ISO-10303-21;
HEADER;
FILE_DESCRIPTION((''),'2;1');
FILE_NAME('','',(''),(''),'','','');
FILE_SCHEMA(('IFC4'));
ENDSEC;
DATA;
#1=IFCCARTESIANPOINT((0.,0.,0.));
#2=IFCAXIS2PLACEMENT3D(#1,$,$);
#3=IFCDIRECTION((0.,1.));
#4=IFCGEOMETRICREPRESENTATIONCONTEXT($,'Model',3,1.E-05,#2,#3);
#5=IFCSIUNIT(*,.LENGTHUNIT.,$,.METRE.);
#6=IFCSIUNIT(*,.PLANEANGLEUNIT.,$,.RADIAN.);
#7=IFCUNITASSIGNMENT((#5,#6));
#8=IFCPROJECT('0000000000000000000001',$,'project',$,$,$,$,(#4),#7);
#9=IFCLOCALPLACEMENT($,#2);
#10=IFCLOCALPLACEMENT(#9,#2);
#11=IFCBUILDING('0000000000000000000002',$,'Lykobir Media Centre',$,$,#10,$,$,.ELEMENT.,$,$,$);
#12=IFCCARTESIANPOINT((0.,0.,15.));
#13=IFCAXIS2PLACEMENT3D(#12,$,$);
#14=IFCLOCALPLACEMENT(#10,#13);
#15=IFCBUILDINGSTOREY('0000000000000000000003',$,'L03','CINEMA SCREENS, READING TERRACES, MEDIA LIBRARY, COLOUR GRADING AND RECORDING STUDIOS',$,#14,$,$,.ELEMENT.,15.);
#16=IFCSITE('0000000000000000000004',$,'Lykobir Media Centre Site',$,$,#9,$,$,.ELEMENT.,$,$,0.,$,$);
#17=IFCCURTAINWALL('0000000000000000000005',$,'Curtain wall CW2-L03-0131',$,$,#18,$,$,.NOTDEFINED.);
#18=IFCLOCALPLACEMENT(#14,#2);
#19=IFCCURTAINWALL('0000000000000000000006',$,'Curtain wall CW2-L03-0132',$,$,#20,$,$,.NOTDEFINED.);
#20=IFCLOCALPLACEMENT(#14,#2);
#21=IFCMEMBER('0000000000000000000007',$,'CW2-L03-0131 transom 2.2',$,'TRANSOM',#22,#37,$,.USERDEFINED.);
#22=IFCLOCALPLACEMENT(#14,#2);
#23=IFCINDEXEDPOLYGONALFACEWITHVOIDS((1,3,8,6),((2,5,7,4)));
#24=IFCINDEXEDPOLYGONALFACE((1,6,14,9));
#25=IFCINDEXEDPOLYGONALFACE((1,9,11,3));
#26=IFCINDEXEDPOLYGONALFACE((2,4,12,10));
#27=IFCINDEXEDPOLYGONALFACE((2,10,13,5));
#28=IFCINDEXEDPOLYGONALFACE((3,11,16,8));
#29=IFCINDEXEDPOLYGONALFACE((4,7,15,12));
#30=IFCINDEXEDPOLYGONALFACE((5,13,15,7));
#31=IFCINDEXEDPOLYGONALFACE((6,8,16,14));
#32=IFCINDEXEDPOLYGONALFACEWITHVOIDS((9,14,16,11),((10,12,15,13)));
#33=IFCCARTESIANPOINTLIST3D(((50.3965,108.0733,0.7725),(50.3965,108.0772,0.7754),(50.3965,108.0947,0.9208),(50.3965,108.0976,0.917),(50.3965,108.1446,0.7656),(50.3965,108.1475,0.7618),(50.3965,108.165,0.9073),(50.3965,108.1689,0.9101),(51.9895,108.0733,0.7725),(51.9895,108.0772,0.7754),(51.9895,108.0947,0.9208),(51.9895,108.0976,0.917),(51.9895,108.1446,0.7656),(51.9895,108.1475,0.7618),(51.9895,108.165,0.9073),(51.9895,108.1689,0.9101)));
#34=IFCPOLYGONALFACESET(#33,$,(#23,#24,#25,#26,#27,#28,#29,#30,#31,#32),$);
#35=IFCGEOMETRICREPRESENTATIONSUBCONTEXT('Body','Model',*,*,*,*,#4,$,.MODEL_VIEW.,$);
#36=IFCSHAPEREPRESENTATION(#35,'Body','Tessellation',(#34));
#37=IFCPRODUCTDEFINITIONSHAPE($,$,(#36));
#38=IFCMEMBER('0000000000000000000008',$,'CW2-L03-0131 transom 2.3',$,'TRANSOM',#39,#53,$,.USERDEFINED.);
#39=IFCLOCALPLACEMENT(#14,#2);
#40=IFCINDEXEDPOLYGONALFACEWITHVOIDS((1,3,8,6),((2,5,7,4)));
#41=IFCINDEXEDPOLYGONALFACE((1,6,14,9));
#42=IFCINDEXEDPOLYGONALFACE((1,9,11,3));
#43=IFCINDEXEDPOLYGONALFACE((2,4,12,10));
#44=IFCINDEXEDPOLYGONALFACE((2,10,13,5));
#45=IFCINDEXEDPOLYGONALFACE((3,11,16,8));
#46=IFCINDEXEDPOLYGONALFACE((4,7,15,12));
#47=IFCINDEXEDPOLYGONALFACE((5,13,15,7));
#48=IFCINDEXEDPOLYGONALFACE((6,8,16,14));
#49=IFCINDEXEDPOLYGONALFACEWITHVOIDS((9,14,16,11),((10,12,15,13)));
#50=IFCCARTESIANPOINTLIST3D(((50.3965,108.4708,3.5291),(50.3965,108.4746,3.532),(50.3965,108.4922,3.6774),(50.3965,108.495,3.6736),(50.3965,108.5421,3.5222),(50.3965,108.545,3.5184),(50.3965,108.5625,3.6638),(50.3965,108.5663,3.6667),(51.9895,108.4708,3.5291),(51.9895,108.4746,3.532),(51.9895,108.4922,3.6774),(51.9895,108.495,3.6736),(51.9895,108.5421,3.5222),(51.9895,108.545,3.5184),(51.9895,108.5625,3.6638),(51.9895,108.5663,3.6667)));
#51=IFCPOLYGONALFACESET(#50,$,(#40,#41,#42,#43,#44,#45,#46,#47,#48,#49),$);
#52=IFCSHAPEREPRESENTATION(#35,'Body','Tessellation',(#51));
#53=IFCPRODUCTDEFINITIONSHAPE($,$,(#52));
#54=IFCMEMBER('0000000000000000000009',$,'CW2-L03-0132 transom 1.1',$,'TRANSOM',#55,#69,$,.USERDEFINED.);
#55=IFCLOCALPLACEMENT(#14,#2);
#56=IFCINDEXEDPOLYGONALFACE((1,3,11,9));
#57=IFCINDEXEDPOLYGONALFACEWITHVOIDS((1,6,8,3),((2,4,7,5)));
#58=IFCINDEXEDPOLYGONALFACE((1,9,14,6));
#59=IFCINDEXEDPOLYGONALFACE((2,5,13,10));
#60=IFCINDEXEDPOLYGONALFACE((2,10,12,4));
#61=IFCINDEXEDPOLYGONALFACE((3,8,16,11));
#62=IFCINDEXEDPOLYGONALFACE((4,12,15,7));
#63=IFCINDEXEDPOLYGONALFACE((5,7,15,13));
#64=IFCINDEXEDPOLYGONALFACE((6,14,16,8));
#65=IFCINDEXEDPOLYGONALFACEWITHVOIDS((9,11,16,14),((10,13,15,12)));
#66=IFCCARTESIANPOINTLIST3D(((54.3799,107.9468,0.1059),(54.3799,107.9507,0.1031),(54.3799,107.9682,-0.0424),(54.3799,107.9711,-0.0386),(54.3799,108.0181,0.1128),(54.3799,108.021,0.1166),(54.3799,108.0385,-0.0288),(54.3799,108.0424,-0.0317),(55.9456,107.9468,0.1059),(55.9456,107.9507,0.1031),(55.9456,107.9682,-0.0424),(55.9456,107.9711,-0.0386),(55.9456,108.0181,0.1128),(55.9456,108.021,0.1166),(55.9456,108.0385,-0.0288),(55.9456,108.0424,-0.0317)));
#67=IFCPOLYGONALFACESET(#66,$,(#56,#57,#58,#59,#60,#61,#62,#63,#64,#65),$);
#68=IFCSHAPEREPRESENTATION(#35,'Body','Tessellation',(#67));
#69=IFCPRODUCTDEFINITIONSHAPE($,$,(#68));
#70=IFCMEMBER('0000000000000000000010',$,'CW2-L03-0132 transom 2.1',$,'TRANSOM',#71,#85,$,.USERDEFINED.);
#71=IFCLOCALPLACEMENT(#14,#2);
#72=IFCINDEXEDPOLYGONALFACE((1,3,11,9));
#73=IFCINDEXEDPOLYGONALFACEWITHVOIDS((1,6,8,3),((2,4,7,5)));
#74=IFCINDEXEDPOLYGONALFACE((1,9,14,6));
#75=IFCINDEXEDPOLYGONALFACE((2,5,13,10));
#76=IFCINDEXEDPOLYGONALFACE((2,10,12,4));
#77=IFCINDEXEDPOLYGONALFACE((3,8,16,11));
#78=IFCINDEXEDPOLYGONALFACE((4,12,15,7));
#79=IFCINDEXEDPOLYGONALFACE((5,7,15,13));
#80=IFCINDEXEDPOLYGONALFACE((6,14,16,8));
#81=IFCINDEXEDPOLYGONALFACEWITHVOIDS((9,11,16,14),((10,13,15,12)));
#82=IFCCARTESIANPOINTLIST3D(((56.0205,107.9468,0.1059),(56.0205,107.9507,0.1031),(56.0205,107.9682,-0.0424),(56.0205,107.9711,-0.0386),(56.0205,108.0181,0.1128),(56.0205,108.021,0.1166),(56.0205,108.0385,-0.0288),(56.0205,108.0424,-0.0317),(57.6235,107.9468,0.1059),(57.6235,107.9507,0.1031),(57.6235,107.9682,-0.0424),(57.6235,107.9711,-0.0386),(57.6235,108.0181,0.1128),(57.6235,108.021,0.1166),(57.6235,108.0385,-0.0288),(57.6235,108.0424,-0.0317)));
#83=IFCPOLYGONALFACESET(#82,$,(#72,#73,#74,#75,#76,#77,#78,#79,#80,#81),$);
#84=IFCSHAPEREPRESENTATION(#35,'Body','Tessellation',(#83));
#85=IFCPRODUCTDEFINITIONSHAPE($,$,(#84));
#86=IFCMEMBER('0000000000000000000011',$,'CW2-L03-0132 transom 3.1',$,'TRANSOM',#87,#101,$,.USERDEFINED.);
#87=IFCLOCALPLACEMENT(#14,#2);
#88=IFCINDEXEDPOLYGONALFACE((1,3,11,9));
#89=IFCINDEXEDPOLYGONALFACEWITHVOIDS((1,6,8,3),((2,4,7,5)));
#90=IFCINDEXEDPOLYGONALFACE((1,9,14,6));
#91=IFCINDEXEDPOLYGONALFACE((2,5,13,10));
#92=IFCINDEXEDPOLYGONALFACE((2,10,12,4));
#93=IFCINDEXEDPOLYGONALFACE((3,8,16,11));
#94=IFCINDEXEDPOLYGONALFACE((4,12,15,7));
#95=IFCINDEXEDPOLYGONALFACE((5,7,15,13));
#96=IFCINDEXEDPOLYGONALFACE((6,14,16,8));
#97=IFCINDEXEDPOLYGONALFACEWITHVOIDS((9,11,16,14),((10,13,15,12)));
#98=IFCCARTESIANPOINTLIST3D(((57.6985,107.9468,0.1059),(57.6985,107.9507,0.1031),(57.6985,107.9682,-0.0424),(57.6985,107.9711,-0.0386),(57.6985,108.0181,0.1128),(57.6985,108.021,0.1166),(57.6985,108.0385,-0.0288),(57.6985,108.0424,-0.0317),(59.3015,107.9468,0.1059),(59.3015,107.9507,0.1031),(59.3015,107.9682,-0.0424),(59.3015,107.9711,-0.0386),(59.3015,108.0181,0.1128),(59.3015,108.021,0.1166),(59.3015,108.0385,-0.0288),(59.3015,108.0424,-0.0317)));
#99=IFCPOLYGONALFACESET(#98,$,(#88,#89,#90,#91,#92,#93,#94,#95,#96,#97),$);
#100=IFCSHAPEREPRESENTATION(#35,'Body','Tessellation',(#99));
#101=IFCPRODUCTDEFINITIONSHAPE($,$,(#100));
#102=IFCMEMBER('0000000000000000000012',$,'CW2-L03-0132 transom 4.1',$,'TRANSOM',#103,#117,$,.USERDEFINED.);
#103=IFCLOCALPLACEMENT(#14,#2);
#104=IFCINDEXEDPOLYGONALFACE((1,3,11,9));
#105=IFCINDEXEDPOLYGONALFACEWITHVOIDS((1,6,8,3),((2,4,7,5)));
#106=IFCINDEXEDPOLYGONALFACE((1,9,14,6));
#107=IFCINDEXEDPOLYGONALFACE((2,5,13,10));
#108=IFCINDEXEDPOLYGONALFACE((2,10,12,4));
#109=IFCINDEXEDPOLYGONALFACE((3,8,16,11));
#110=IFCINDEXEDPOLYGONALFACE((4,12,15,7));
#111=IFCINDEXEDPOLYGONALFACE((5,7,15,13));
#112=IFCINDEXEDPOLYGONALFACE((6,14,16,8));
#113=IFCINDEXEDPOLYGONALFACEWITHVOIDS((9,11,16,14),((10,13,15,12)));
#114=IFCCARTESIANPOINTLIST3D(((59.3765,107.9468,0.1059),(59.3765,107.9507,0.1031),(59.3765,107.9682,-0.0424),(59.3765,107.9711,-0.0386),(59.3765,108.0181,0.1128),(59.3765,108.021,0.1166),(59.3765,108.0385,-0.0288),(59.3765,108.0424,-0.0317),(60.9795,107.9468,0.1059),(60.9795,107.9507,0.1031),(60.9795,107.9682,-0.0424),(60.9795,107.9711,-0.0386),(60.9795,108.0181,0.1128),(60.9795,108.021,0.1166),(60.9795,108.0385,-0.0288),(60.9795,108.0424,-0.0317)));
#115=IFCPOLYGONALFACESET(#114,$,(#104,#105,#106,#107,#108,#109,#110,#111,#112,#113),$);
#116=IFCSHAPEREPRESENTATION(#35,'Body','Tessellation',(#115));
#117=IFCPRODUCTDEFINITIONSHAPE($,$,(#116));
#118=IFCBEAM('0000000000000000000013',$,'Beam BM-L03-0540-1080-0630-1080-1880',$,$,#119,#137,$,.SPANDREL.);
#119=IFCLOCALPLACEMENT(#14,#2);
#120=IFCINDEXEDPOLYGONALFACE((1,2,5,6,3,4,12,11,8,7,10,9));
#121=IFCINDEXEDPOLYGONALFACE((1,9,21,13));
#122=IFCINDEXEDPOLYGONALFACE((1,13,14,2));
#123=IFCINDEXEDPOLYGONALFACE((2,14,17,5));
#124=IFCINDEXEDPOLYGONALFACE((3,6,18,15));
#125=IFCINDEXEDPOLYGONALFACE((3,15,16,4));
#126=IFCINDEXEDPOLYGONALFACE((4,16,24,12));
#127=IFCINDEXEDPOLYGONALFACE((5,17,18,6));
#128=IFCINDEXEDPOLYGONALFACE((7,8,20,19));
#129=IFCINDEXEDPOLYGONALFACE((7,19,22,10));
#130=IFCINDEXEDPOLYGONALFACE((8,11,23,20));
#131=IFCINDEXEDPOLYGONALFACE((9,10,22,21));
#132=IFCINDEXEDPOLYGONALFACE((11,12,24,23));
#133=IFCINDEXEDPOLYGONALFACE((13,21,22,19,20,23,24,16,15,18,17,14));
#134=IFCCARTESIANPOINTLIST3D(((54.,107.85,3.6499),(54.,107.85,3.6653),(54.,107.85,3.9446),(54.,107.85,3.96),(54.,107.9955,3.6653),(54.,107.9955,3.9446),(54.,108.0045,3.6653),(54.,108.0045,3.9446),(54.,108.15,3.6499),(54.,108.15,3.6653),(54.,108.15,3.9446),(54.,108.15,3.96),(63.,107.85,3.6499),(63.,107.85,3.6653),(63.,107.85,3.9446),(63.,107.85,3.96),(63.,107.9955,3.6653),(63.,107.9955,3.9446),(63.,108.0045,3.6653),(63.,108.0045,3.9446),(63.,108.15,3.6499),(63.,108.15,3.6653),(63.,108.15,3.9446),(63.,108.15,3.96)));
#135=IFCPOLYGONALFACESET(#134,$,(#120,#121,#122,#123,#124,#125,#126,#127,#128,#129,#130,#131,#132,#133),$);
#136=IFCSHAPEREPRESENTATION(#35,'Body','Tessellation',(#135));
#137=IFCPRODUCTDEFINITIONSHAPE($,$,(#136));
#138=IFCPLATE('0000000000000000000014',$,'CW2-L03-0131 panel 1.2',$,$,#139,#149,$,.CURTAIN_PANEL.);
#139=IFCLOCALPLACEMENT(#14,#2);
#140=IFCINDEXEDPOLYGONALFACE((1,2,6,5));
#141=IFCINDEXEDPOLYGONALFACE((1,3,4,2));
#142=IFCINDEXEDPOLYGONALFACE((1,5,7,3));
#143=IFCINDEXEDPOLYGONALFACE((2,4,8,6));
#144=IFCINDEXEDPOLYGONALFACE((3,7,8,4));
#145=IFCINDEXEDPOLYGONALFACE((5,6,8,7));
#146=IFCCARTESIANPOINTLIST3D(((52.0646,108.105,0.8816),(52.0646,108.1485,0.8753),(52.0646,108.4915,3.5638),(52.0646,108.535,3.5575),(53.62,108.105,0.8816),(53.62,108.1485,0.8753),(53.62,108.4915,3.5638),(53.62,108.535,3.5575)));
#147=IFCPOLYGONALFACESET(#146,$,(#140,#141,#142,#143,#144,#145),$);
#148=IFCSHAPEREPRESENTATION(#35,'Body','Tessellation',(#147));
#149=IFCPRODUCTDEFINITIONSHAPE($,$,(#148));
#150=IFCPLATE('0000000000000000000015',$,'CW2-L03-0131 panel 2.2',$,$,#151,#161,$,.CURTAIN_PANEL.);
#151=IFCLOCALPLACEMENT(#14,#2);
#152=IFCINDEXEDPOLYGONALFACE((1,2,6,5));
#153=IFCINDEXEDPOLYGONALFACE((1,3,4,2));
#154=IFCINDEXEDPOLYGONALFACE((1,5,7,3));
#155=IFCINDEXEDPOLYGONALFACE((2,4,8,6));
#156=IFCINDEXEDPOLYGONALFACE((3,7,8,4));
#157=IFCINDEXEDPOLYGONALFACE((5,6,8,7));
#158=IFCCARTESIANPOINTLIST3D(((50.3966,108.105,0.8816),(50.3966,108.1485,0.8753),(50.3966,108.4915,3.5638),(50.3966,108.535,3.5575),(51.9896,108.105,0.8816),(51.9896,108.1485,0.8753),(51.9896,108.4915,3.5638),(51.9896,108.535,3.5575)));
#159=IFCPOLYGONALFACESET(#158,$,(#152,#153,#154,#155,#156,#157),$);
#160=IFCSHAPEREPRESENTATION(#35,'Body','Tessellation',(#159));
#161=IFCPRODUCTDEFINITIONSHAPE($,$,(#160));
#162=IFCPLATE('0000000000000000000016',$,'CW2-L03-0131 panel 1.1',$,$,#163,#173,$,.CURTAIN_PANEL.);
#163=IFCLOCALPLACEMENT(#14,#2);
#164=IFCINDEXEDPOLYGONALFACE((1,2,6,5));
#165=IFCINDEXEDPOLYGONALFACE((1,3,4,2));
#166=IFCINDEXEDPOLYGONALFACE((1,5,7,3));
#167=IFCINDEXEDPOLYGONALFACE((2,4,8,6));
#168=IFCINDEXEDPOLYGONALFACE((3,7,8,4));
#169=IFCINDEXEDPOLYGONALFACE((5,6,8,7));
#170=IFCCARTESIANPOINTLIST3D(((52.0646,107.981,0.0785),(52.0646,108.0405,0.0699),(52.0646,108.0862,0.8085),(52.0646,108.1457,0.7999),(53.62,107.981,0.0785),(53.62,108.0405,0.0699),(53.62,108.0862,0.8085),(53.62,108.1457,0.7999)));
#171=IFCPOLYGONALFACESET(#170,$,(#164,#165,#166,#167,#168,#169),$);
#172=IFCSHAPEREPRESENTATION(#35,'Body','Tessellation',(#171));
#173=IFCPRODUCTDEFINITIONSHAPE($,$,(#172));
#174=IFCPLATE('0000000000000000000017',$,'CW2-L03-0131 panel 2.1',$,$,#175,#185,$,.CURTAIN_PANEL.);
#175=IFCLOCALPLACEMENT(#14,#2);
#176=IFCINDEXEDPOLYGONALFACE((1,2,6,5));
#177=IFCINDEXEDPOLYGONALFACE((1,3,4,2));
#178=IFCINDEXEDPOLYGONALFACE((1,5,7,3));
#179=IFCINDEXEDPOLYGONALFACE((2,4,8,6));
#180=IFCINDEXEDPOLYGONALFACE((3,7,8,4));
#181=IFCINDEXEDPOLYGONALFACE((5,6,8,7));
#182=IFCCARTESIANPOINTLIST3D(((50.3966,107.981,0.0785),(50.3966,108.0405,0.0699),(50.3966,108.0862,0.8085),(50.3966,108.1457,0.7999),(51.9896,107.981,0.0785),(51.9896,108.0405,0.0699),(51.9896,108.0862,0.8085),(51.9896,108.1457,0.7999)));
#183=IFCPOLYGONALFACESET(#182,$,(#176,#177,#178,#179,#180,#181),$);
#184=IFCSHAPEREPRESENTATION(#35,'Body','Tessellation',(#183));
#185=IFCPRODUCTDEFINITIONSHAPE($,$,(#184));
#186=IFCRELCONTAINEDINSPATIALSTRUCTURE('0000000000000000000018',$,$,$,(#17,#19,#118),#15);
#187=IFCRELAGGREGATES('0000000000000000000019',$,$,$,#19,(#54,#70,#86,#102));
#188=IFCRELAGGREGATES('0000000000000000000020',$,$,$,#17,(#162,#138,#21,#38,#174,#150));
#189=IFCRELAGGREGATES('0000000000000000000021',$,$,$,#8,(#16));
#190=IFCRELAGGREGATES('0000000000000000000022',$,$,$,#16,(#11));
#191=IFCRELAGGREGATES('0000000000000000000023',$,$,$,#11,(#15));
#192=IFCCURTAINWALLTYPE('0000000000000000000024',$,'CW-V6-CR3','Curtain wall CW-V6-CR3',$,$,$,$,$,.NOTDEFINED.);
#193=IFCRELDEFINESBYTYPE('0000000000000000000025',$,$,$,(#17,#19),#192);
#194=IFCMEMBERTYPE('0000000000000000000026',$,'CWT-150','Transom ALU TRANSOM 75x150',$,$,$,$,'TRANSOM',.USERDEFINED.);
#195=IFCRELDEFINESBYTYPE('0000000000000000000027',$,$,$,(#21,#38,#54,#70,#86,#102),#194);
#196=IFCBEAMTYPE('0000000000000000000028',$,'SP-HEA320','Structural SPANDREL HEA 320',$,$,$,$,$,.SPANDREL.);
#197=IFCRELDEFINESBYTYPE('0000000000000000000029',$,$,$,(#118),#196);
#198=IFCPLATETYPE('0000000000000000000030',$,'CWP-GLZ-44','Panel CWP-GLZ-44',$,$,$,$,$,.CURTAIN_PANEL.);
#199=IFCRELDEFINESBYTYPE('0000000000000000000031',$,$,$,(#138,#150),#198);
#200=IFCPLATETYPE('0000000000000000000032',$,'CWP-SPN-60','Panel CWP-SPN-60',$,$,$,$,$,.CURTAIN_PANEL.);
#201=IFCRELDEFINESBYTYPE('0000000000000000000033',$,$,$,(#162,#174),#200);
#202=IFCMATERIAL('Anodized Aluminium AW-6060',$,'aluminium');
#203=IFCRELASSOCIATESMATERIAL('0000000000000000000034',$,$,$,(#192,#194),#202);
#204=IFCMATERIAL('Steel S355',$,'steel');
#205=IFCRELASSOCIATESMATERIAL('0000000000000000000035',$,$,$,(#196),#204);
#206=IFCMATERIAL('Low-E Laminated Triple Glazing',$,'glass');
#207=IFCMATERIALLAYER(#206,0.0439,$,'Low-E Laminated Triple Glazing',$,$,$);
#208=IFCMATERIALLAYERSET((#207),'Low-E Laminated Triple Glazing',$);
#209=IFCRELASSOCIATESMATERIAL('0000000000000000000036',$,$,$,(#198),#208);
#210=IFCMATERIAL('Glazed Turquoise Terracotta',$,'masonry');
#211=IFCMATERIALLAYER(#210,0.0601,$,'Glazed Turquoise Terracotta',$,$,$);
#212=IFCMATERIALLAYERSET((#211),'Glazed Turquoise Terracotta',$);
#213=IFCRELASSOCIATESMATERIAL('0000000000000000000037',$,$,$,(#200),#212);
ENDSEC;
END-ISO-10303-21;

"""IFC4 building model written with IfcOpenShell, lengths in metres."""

from ifc_helpers import new_model, si_unit, direction, frame, origin, origin_2d, place, context, subcontext, project, spatial, rectangle, hollow_rectangle, i_section, extrude, material, layer, layer_set, material_profile, profile_set, type_object, element, aggregate, save


model = new_model("IFC4")

# Units and contexts
model_context = context("Model", 3, precision=1e-05, world=origin(), true_north=direction((0.0, 1.0)))
body_context = subcontext(model_context, "Body", "Model", "MODEL_VIEW")
ifc_project = project(units=[si_unit("LENGTHUNIT", "METRE"), si_unit("PLANEANGLEUNIT", "RADIAN")], contexts=[model_context])

# Site, building, storey
site_placement = place(None, origin())
site = spatial("IfcSite", under=ifc_project, at=site_placement, Name="Lykobir Media Centre Site", CompositionType="ELEMENT", RefElevation=0.0)
building_placement = place(site_placement, origin())
building = spatial("IfcBuilding", under=site, at=building_placement, Name="Lykobir Media Centre", CompositionType="ELEMENT")
storey_placement = place(building_placement, frame((0.0, 0.0, 15.0)))
storey = spatial("IfcBuildingStorey", under=building, at=storey_placement, Name="L03", Description="CINEMA SCREENS, READING TERRACES, MEDIA LIBRARY, COLOUR GRADING AND RECORDING STUDIOS", CompositionType="ELEMENT", Elevation=15.0)

# Curtain walls
ifc_material_1 = material(Name="Anodized Aluminium AW-6060", Category="aluminium")
curtain_wall_type = type_object("IfcCurtainWallType", Name="CW-V6-CR3", Description="Curtain wall CW-V6-CR3", PredefinedType="NOTDEFINED", material=ifc_material_1)
curtain_wall_1_placement = place(storey_placement, origin())
curtain_wall_1 = element("IfcCurtainWall", 1, at=curtain_wall_1_placement, inside=storey, type_object=curtain_wall_type, Name="Curtain wall CW2-L03-0131", PredefinedType="NOTDEFINED")
curtain_wall_2_placement = place(storey_placement, origin())
curtain_wall_2 = element("IfcCurtainWall", 2, at=curtain_wall_2_placement, inside=storey, type_object=curtain_wall_type, Name="Curtain wall CW2-L03-0132", PredefinedType="NOTDEFINED")

# Members
ifc_material_profile_1 = material_profile(ifc_material_1, hollow_rectangle(XDim=0.075, YDim=0.1499, WallThickness=0.0034, at=origin_2d()), Name="ALU TRANSOM 75x150")
ifc_profile_set_1 = profile_set([ifc_material_profile_1], Name="Anodized Aluminium AW-6060")
member_type_1 = type_object("IfcMemberType", Name="CWT-150", Description="Transom ALU TRANSOM 75x150", ElementType="TRANSOM", PredefinedType="USERDEFINED", material=ifc_profile_set_1)
member_1_placement = place(storey_placement, frame((51.9895, 108.1211, 0.8413), z_axis=(-1.0, 0.0, 0.0), x_axis=(0.0, -0.989776, 0.142629)))
member_1 = element("IfcMember", 3, at=member_1_placement, type_object=member_type_1, Name="CW2-L03-0131 transom 2.2", ObjectType="TRANSOM", PredefinedType="USERDEFINED", context=body_context, shape_type="SweptSolid", body=[
    extrude(hollow_rectangle(XDim=0.075, YDim=0.1499, WallThickness=0.0034, at=origin_2d()), origin(), (0.0, 0.0, 1.0), 1.593),
])
member_2_placement = place(storey_placement, frame((51.9895, 108.5186, 3.5979), z_axis=(-1.0, 0.0, 0.0), x_axis=(0.0, -0.989776, 0.142629)))
member_2 = element("IfcMember", 4, at=member_2_placement, type_object=member_type_1, Name="CW2-L03-0131 transom 2.3", ObjectType="TRANSOM", PredefinedType="USERDEFINED", context=body_context, shape_type="SweptSolid", body=[
    extrude(hollow_rectangle(XDim=0.075, YDim=0.1499, WallThickness=0.0034, at=origin_2d()), origin(), (0.0, 0.0, 1.0), 1.593),
])
member_3_placement = place(storey_placement, frame((54.3799, 107.9946, 0.0371), z_axis=(1.0, 0.0, 0.0), x_axis=(0.0, 0.989776, 0.142629)))
member_3 = element("IfcMember", 5, at=member_3_placement, type_object=member_type_1, Name="CW2-L03-0132 transom 1.1", ObjectType="TRANSOM", PredefinedType="USERDEFINED", context=body_context, shape_type="SweptSolid", body=[
    extrude(hollow_rectangle(XDim=0.075, YDim=0.1499, WallThickness=0.0034, at=origin_2d()), origin(), (0.0, 0.0, 1.0), 1.5657),
])
member_4_placement = place(storey_placement, frame((56.0205, 107.9946, 0.0371), z_axis=(1.0, 0.0, 0.0), x_axis=(0.0, 0.989776, 0.142629)))
member_4 = element("IfcMember", 6, at=member_4_placement, type_object=member_type_1, Name="CW2-L03-0132 transom 2.1", ObjectType="TRANSOM", PredefinedType="USERDEFINED", context=body_context, shape_type="SweptSolid", body=[
    extrude(hollow_rectangle(XDim=0.075, YDim=0.1499, WallThickness=0.0034, at=origin_2d()), origin(), (0.0, 0.0, 1.0), 1.603),
])
member_5_placement = place(storey_placement, frame((57.6985, 107.9946, 0.0371), z_axis=(1.0, 0.0, 0.0), x_axis=(0.0, 0.989776, 0.142629)))
member_5 = element("IfcMember", 7, at=member_5_placement, type_object=member_type_1, Name="CW2-L03-0132 transom 3.1", ObjectType="TRANSOM", PredefinedType="USERDEFINED", context=body_context, shape_type="SweptSolid", body=[
    extrude(hollow_rectangle(XDim=0.075, YDim=0.1499, WallThickness=0.0034, at=origin_2d()), origin(), (0.0, 0.0, 1.0), 1.603),
])
member_6_placement = place(storey_placement, frame((59.3765, 107.9946, 0.0371), z_axis=(1.0, 0.0, 0.0), x_axis=(0.0, 0.989776, 0.142629)))
member_6 = element("IfcMember", 8, at=member_6_placement, type_object=member_type_1, Name="CW2-L03-0132 transom 4.1", ObjectType="TRANSOM", PredefinedType="USERDEFINED", context=body_context, shape_type="SweptSolid", body=[
    extrude(hollow_rectangle(XDim=0.075, YDim=0.1499, WallThickness=0.0034, at=origin_2d()), origin(), (0.0, 0.0, 1.0), 1.603),
])
aggregate(curtain_wall_2, [member_3, member_4, member_5, member_6])

# Beam
ifc_material_2 = material(Name="Steel S355", Category="steel")
ifc_material_profile_2 = material_profile(ifc_material_2, i_section(OverallWidth=0.3, OverallDepth=0.3101, WebThickness=0.009, FlangeThickness=0.0154, at=origin_2d()), Name="HEA 320")
ifc_profile_set_2 = profile_set([ifc_material_profile_2], Name="Steel S355")
beam_type = type_object("IfcBeamType", Name="SP-HEA320", Description="Structural SPANDREL HEA 320", PredefinedType="SPANDREL", material=ifc_profile_set_2)
beam_placement = place(storey_placement, frame((54.0, 108.0, 3.8049), z_axis=(1.0, 0.0, 0.0), x_axis=(0.0, 1.0, 0.0)))
element("IfcBeam", 9, at=beam_placement, inside=storey, type_object=beam_type, Name="Beam BM-L03-0540-1080-0630-1080-1880", PredefinedType="SPANDREL", context=body_context, shape_type="SweptSolid", body=[
    extrude(i_section(OverallWidth=0.3, OverallDepth=0.3101, WebThickness=0.009, FlangeThickness=0.0154, at=origin_2d()), origin(), (0.0, 0.0, 1.0), 9.0),
])

# Plates
ifc_material_3 = material(Name="Low-E Laminated Triple Glazing", Category="glass")
ifc_layer_1 = layer(ifc_material_3, 0.0439, Name="Low-E Laminated Triple Glazing")
ifc_layer_set_1 = layer_set([ifc_layer_1], Name="Low-E Laminated Triple Glazing")
plate_type_1 = type_object("IfcPlateType", Name="CWP-GLZ-44", Description="Panel CWP-GLZ-44", PredefinedType="CURTAIN_PANEL", material=ifc_layer_set_1)
plate_1_placement = place(storey_placement, frame((52.8423, 108.1267, 0.8784), z_axis=(0.0, 0.142629, 0.989776), x_axis=(-1.0, 0.0, 0.0)))
plate_1 = element("IfcPlate", 10, at=plate_1_placement, type_object=plate_type_1, Name="CW2-L03-0131 panel 1.2", PredefinedType="CURTAIN_PANEL", context=body_context, shape_type="SweptSolid", body=[
    extrude(rectangle(XDim=1.5554, YDim=0.0439, at=origin_2d()), origin(), (0.0, 0.0, 1.0), 2.71),
])
plate_2_placement = place(storey_placement, frame((51.1931, 108.1267, 0.8784), z_axis=(0.0, 0.142629, 0.989776), x_axis=(-1.0, 0.0, 0.0)))
plate_2 = element("IfcPlate", 11, at=plate_2_placement, type_object=plate_type_1, Name="CW2-L03-0131 panel 2.2", PredefinedType="CURTAIN_PANEL", context=body_context, shape_type="SweptSolid", body=[
    extrude(rectangle(XDim=1.593, YDim=0.0439, at=origin_2d()), origin(), (0.0, 0.0, 1.0), 2.71),
])
ifc_material_4 = material(Name="Glazed Turquoise Terracotta", Category="masonry")
ifc_layer_2 = layer(ifc_material_4, 0.0601, Name="Glazed Turquoise Terracotta")
ifc_layer_set_2 = layer_set([ifc_layer_2], Name="Glazed Turquoise Terracotta")
plate_type_2 = type_object("IfcPlateType", Name="CWP-SPN-60", Description="Panel CWP-SPN-60", PredefinedType="CURTAIN_PANEL", material=ifc_layer_set_2)
plate_3_placement = place(storey_placement, frame((52.8423, 108.0107, 0.0742), z_axis=(0.0, 0.142629, 0.989776), x_axis=(-1.0, 0.0, 0.0)))
plate_3 = element("IfcPlate", 12, at=plate_3_placement, type_object=plate_type_2, Name="CW2-L03-0131 panel 1.1", PredefinedType="CURTAIN_PANEL", context=body_context, shape_type="SweptSolid", body=[
    extrude(rectangle(XDim=1.5554, YDim=0.0601, at=origin_2d()), origin(), (0.0, 0.0, 1.0), 0.7375),
])
plate_4_placement = place(storey_placement, frame((51.1931, 108.0107, 0.0742), z_axis=(0.0, 0.142629, 0.989776), x_axis=(-1.0, 0.0, 0.0)))
plate_4 = element("IfcPlate", 13, at=plate_4_placement, type_object=plate_type_2, Name="CW2-L03-0131 panel 2.1", PredefinedType="CURTAIN_PANEL", context=body_context, shape_type="SweptSolid", body=[
    extrude(rectangle(XDim=1.593, YDim=0.0601, at=origin_2d()), origin(), (0.0, 0.0, 1.0), 0.7375),
])
aggregate(curtain_wall_1, [plate_3, plate_1, member_1, member_2, plate_4, plate_2])

save(model, "model.ifc")
